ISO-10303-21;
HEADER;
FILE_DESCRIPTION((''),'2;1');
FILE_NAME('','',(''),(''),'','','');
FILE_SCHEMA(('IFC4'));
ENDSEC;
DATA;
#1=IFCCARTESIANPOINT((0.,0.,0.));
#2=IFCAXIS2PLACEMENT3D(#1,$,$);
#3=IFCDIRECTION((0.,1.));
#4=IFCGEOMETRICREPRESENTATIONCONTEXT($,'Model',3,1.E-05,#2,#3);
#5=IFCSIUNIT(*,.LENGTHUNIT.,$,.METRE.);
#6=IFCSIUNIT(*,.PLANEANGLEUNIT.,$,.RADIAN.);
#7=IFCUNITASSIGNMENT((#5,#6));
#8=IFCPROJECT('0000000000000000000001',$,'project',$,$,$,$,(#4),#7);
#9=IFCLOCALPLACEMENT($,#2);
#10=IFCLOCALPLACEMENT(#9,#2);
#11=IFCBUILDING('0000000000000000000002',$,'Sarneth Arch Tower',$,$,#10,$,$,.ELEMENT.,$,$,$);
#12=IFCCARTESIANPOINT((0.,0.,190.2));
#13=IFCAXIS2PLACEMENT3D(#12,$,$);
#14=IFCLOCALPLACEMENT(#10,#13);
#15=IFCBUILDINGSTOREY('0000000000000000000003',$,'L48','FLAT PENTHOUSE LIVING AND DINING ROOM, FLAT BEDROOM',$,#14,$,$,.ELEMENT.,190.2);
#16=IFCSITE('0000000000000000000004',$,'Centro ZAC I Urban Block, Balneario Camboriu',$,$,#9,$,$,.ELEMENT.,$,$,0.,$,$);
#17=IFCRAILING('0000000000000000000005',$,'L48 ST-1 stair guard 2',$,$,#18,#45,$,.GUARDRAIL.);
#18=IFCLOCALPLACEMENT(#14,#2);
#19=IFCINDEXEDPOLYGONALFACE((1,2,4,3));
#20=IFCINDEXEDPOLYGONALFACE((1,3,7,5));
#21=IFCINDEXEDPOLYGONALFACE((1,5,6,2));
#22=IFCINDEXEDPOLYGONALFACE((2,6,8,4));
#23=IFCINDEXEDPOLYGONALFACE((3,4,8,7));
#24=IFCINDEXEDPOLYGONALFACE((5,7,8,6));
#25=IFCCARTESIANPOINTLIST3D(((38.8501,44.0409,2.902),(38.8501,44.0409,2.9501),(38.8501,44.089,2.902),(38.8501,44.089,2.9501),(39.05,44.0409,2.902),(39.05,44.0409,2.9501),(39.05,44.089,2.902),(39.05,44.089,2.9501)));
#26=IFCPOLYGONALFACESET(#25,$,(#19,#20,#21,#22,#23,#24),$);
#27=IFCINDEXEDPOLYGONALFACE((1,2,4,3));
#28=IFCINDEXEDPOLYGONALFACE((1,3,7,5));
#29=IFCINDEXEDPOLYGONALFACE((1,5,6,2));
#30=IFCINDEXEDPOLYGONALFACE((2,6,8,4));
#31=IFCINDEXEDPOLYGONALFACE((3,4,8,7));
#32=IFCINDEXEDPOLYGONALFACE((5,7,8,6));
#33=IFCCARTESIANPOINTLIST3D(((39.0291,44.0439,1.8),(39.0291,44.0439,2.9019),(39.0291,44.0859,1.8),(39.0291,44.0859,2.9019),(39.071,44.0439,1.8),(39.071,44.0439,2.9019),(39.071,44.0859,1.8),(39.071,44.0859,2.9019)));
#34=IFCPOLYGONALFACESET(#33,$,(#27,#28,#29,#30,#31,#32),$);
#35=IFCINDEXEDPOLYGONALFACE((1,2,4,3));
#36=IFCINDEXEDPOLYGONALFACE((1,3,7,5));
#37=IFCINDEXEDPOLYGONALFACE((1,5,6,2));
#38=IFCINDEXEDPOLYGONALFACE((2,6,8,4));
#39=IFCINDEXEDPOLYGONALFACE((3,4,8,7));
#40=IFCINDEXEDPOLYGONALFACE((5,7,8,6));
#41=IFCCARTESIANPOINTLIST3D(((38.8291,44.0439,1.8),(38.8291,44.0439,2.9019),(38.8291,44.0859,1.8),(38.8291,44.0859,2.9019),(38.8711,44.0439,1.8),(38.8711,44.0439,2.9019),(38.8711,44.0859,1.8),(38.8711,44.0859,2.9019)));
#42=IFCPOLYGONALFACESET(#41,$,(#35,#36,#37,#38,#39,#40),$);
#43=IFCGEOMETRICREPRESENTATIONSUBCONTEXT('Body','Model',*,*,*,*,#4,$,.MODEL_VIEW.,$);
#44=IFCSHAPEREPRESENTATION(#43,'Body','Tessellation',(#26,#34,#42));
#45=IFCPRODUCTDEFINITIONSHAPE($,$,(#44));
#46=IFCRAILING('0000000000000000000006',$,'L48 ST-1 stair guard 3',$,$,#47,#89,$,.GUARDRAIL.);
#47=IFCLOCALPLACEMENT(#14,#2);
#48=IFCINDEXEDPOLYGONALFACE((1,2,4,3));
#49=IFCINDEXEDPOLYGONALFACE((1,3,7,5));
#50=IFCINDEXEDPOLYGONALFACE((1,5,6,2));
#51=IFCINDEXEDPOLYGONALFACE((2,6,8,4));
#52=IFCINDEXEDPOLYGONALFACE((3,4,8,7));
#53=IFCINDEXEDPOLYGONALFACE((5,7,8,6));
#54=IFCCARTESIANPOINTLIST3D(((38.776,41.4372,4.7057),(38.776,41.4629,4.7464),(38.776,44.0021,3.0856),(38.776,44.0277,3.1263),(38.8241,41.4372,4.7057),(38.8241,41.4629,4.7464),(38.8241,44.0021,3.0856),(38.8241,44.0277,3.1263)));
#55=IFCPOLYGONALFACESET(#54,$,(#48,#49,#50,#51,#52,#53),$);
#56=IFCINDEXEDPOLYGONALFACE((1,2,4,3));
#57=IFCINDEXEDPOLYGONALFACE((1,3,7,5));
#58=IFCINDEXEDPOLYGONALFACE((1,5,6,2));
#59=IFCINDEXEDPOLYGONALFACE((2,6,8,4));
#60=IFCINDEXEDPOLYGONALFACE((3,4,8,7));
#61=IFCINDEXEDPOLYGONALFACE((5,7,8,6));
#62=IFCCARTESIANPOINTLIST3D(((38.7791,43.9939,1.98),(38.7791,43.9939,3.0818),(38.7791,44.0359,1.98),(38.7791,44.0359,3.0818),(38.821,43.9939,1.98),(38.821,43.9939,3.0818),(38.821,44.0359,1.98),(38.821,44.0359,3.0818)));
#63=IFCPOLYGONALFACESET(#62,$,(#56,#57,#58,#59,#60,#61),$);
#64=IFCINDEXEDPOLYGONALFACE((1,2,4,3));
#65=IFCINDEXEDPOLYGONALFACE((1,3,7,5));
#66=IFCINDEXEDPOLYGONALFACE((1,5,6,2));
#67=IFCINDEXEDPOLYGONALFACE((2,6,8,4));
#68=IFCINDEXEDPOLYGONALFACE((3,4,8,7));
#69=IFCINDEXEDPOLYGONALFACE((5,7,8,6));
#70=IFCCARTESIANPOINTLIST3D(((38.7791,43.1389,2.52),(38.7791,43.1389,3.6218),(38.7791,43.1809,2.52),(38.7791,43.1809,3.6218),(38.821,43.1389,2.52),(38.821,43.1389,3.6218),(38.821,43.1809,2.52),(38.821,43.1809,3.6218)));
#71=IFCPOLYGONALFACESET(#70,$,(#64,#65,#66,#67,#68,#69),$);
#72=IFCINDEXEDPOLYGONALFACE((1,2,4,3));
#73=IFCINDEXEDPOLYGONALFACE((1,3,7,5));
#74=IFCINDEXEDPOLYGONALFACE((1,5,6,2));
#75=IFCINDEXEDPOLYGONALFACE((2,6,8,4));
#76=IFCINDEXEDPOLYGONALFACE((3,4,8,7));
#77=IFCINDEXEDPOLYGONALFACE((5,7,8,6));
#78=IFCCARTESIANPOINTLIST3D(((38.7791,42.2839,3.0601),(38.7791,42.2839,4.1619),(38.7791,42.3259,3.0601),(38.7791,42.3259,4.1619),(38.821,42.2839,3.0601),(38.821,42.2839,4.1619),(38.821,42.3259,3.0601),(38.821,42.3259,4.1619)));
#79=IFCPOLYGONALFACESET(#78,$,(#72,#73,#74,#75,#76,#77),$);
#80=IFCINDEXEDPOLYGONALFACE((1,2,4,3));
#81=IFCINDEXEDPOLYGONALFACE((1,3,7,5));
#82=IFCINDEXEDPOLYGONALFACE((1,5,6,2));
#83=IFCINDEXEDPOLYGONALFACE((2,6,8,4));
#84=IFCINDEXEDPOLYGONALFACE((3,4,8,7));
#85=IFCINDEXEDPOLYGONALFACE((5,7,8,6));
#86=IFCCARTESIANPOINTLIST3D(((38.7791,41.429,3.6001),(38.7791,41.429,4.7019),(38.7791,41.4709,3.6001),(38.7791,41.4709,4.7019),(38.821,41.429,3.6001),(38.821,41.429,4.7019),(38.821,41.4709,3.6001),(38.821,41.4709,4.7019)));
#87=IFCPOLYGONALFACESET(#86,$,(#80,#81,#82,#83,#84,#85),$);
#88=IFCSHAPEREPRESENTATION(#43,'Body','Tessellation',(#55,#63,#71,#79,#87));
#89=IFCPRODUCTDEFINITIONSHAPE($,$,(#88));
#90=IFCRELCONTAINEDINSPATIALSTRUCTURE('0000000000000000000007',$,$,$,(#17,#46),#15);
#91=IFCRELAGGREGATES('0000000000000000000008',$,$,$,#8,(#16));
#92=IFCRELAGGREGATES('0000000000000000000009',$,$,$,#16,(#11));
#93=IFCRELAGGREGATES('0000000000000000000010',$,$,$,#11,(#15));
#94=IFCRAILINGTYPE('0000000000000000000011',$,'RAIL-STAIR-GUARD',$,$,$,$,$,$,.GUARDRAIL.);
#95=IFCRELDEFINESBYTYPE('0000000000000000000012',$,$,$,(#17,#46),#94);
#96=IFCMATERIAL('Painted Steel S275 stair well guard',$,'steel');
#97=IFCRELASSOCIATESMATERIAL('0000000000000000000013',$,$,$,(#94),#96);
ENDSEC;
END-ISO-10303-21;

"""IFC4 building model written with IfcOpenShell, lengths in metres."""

from ifc_helpers import new_model, si_unit, direction, frame, origin, origin_2d, place, context, subcontext, project, spatial, rectangle, extrude, material, type_object, element, save


model = new_model("IFC4")

# Units and contexts
model_context = context("Model", 3, precision=1e-05, world=origin(), true_north=direction((0.0, 1.0)))
body_context = subcontext(model_context, "Body", "Model", "MODEL_VIEW")
ifc_project = project(units=[si_unit("LENGTHUNIT", "METRE"), si_unit("PLANEANGLEUNIT", "RADIAN")], contexts=[model_context])

# Site, building, storey
site_placement = place(None, origin())
site = spatial("IfcSite", under=ifc_project, at=site_placement, Name="Centro ZAC I Urban Block, Balneario Camboriu", CompositionType="ELEMENT", RefElevation=0.0)
building_placement = place(site_placement, origin())
building = spatial("IfcBuilding", under=site, at=building_placement, Name="Sarneth Arch Tower", CompositionType="ELEMENT")
storey_placement = place(building_placement, frame((0.0, 0.0, 190.2)))
storey = spatial("IfcBuildingStorey", under=building, at=storey_placement, Name="L48", Description="FLAT PENTHOUSE LIVING AND DINING ROOM, FLAT BEDROOM", CompositionType="ELEMENT", Elevation=190.2)

# Railings
ifc_material_1 = material(Name="Painted Steel S275 stair well guard", Category="steel")
railing_type_1 = type_object("IfcRailingType", Name="RAIL-STAIR-GUARD", PredefinedType="GUARDRAIL", material=ifc_material_1)
railing_1_placement = place(storey_placement, frame((39.05, 44.0649, 1.8)))
element("IfcRailing", 1, at=railing_1_placement, inside=storey, type_object=railing_type_1, Name="L48 ST-1 stair guard 2", PredefinedType="GUARDRAIL", context=body_context, shape_type="SweptSolid", body=[
    extrude(rectangle(XDim=0.0481, YDim=0.0481, at=origin_2d()), frame((0.0, 0.0, 1.126), z_axis=(-1.0, 0.0, 0.0), x_axis=(0.0, -1.0, 0.0)), (0.0, 0.0, 1.0), 0.2),
    extrude(rectangle(XDim=0.042, YDim=0.042, at=origin_2d()), origin(), (0.0, 0.0, 1.0), 1.1018),
    extrude(rectangle(XDim=0.042, YDim=0.042, at=origin_2d()), frame((-0.2, 0.0, 0.0)), (0.0, 0.0, 1.0), 1.1018),
])
railing_2_placement = place(storey_placement, frame((38.8, 44.0149, 1.98)))
element("IfcRailing", 2, at=railing_2_placement, inside=storey, type_object=railing_type_1, Name="L48 ST-1 stair guard 3", PredefinedType="GUARDRAIL", context=body_context, shape_type="SweptSolid", body=[
    extrude(rectangle(XDim=0.0481, YDim=0.0481, at=origin_2d()), frame((0.0, 0.0, 1.126), z_axis=(0.0, -0.845466, 0.534029), x_axis=(1.0, 0.0, 0.0)), (0.0, 0.0, 1.0), 3.0337),
    extrude(rectangle(XDim=0.042, YDim=0.042, at=origin_2d()), origin(), (0.0, 0.0, 1.0), 1.1018),
    extrude(rectangle(XDim=0.042, YDim=0.042, at=origin_2d()), frame((0.0, -0.855, 0.54)), (0.0, 0.0, 1.0), 1.1018),
    extrude(rectangle(XDim=0.042, YDim=0.042, at=origin_2d()), frame((0.0, -1.71, 1.0801)), (0.0, 0.0, 1.0), 1.1018),
    extrude(rectangle(XDim=0.042, YDim=0.042, at=origin_2d()), frame((0.0, -2.5649, 1.6201)), (0.0, 0.0, 1.0), 1.1018),
])

save(model, "model.ifc")
